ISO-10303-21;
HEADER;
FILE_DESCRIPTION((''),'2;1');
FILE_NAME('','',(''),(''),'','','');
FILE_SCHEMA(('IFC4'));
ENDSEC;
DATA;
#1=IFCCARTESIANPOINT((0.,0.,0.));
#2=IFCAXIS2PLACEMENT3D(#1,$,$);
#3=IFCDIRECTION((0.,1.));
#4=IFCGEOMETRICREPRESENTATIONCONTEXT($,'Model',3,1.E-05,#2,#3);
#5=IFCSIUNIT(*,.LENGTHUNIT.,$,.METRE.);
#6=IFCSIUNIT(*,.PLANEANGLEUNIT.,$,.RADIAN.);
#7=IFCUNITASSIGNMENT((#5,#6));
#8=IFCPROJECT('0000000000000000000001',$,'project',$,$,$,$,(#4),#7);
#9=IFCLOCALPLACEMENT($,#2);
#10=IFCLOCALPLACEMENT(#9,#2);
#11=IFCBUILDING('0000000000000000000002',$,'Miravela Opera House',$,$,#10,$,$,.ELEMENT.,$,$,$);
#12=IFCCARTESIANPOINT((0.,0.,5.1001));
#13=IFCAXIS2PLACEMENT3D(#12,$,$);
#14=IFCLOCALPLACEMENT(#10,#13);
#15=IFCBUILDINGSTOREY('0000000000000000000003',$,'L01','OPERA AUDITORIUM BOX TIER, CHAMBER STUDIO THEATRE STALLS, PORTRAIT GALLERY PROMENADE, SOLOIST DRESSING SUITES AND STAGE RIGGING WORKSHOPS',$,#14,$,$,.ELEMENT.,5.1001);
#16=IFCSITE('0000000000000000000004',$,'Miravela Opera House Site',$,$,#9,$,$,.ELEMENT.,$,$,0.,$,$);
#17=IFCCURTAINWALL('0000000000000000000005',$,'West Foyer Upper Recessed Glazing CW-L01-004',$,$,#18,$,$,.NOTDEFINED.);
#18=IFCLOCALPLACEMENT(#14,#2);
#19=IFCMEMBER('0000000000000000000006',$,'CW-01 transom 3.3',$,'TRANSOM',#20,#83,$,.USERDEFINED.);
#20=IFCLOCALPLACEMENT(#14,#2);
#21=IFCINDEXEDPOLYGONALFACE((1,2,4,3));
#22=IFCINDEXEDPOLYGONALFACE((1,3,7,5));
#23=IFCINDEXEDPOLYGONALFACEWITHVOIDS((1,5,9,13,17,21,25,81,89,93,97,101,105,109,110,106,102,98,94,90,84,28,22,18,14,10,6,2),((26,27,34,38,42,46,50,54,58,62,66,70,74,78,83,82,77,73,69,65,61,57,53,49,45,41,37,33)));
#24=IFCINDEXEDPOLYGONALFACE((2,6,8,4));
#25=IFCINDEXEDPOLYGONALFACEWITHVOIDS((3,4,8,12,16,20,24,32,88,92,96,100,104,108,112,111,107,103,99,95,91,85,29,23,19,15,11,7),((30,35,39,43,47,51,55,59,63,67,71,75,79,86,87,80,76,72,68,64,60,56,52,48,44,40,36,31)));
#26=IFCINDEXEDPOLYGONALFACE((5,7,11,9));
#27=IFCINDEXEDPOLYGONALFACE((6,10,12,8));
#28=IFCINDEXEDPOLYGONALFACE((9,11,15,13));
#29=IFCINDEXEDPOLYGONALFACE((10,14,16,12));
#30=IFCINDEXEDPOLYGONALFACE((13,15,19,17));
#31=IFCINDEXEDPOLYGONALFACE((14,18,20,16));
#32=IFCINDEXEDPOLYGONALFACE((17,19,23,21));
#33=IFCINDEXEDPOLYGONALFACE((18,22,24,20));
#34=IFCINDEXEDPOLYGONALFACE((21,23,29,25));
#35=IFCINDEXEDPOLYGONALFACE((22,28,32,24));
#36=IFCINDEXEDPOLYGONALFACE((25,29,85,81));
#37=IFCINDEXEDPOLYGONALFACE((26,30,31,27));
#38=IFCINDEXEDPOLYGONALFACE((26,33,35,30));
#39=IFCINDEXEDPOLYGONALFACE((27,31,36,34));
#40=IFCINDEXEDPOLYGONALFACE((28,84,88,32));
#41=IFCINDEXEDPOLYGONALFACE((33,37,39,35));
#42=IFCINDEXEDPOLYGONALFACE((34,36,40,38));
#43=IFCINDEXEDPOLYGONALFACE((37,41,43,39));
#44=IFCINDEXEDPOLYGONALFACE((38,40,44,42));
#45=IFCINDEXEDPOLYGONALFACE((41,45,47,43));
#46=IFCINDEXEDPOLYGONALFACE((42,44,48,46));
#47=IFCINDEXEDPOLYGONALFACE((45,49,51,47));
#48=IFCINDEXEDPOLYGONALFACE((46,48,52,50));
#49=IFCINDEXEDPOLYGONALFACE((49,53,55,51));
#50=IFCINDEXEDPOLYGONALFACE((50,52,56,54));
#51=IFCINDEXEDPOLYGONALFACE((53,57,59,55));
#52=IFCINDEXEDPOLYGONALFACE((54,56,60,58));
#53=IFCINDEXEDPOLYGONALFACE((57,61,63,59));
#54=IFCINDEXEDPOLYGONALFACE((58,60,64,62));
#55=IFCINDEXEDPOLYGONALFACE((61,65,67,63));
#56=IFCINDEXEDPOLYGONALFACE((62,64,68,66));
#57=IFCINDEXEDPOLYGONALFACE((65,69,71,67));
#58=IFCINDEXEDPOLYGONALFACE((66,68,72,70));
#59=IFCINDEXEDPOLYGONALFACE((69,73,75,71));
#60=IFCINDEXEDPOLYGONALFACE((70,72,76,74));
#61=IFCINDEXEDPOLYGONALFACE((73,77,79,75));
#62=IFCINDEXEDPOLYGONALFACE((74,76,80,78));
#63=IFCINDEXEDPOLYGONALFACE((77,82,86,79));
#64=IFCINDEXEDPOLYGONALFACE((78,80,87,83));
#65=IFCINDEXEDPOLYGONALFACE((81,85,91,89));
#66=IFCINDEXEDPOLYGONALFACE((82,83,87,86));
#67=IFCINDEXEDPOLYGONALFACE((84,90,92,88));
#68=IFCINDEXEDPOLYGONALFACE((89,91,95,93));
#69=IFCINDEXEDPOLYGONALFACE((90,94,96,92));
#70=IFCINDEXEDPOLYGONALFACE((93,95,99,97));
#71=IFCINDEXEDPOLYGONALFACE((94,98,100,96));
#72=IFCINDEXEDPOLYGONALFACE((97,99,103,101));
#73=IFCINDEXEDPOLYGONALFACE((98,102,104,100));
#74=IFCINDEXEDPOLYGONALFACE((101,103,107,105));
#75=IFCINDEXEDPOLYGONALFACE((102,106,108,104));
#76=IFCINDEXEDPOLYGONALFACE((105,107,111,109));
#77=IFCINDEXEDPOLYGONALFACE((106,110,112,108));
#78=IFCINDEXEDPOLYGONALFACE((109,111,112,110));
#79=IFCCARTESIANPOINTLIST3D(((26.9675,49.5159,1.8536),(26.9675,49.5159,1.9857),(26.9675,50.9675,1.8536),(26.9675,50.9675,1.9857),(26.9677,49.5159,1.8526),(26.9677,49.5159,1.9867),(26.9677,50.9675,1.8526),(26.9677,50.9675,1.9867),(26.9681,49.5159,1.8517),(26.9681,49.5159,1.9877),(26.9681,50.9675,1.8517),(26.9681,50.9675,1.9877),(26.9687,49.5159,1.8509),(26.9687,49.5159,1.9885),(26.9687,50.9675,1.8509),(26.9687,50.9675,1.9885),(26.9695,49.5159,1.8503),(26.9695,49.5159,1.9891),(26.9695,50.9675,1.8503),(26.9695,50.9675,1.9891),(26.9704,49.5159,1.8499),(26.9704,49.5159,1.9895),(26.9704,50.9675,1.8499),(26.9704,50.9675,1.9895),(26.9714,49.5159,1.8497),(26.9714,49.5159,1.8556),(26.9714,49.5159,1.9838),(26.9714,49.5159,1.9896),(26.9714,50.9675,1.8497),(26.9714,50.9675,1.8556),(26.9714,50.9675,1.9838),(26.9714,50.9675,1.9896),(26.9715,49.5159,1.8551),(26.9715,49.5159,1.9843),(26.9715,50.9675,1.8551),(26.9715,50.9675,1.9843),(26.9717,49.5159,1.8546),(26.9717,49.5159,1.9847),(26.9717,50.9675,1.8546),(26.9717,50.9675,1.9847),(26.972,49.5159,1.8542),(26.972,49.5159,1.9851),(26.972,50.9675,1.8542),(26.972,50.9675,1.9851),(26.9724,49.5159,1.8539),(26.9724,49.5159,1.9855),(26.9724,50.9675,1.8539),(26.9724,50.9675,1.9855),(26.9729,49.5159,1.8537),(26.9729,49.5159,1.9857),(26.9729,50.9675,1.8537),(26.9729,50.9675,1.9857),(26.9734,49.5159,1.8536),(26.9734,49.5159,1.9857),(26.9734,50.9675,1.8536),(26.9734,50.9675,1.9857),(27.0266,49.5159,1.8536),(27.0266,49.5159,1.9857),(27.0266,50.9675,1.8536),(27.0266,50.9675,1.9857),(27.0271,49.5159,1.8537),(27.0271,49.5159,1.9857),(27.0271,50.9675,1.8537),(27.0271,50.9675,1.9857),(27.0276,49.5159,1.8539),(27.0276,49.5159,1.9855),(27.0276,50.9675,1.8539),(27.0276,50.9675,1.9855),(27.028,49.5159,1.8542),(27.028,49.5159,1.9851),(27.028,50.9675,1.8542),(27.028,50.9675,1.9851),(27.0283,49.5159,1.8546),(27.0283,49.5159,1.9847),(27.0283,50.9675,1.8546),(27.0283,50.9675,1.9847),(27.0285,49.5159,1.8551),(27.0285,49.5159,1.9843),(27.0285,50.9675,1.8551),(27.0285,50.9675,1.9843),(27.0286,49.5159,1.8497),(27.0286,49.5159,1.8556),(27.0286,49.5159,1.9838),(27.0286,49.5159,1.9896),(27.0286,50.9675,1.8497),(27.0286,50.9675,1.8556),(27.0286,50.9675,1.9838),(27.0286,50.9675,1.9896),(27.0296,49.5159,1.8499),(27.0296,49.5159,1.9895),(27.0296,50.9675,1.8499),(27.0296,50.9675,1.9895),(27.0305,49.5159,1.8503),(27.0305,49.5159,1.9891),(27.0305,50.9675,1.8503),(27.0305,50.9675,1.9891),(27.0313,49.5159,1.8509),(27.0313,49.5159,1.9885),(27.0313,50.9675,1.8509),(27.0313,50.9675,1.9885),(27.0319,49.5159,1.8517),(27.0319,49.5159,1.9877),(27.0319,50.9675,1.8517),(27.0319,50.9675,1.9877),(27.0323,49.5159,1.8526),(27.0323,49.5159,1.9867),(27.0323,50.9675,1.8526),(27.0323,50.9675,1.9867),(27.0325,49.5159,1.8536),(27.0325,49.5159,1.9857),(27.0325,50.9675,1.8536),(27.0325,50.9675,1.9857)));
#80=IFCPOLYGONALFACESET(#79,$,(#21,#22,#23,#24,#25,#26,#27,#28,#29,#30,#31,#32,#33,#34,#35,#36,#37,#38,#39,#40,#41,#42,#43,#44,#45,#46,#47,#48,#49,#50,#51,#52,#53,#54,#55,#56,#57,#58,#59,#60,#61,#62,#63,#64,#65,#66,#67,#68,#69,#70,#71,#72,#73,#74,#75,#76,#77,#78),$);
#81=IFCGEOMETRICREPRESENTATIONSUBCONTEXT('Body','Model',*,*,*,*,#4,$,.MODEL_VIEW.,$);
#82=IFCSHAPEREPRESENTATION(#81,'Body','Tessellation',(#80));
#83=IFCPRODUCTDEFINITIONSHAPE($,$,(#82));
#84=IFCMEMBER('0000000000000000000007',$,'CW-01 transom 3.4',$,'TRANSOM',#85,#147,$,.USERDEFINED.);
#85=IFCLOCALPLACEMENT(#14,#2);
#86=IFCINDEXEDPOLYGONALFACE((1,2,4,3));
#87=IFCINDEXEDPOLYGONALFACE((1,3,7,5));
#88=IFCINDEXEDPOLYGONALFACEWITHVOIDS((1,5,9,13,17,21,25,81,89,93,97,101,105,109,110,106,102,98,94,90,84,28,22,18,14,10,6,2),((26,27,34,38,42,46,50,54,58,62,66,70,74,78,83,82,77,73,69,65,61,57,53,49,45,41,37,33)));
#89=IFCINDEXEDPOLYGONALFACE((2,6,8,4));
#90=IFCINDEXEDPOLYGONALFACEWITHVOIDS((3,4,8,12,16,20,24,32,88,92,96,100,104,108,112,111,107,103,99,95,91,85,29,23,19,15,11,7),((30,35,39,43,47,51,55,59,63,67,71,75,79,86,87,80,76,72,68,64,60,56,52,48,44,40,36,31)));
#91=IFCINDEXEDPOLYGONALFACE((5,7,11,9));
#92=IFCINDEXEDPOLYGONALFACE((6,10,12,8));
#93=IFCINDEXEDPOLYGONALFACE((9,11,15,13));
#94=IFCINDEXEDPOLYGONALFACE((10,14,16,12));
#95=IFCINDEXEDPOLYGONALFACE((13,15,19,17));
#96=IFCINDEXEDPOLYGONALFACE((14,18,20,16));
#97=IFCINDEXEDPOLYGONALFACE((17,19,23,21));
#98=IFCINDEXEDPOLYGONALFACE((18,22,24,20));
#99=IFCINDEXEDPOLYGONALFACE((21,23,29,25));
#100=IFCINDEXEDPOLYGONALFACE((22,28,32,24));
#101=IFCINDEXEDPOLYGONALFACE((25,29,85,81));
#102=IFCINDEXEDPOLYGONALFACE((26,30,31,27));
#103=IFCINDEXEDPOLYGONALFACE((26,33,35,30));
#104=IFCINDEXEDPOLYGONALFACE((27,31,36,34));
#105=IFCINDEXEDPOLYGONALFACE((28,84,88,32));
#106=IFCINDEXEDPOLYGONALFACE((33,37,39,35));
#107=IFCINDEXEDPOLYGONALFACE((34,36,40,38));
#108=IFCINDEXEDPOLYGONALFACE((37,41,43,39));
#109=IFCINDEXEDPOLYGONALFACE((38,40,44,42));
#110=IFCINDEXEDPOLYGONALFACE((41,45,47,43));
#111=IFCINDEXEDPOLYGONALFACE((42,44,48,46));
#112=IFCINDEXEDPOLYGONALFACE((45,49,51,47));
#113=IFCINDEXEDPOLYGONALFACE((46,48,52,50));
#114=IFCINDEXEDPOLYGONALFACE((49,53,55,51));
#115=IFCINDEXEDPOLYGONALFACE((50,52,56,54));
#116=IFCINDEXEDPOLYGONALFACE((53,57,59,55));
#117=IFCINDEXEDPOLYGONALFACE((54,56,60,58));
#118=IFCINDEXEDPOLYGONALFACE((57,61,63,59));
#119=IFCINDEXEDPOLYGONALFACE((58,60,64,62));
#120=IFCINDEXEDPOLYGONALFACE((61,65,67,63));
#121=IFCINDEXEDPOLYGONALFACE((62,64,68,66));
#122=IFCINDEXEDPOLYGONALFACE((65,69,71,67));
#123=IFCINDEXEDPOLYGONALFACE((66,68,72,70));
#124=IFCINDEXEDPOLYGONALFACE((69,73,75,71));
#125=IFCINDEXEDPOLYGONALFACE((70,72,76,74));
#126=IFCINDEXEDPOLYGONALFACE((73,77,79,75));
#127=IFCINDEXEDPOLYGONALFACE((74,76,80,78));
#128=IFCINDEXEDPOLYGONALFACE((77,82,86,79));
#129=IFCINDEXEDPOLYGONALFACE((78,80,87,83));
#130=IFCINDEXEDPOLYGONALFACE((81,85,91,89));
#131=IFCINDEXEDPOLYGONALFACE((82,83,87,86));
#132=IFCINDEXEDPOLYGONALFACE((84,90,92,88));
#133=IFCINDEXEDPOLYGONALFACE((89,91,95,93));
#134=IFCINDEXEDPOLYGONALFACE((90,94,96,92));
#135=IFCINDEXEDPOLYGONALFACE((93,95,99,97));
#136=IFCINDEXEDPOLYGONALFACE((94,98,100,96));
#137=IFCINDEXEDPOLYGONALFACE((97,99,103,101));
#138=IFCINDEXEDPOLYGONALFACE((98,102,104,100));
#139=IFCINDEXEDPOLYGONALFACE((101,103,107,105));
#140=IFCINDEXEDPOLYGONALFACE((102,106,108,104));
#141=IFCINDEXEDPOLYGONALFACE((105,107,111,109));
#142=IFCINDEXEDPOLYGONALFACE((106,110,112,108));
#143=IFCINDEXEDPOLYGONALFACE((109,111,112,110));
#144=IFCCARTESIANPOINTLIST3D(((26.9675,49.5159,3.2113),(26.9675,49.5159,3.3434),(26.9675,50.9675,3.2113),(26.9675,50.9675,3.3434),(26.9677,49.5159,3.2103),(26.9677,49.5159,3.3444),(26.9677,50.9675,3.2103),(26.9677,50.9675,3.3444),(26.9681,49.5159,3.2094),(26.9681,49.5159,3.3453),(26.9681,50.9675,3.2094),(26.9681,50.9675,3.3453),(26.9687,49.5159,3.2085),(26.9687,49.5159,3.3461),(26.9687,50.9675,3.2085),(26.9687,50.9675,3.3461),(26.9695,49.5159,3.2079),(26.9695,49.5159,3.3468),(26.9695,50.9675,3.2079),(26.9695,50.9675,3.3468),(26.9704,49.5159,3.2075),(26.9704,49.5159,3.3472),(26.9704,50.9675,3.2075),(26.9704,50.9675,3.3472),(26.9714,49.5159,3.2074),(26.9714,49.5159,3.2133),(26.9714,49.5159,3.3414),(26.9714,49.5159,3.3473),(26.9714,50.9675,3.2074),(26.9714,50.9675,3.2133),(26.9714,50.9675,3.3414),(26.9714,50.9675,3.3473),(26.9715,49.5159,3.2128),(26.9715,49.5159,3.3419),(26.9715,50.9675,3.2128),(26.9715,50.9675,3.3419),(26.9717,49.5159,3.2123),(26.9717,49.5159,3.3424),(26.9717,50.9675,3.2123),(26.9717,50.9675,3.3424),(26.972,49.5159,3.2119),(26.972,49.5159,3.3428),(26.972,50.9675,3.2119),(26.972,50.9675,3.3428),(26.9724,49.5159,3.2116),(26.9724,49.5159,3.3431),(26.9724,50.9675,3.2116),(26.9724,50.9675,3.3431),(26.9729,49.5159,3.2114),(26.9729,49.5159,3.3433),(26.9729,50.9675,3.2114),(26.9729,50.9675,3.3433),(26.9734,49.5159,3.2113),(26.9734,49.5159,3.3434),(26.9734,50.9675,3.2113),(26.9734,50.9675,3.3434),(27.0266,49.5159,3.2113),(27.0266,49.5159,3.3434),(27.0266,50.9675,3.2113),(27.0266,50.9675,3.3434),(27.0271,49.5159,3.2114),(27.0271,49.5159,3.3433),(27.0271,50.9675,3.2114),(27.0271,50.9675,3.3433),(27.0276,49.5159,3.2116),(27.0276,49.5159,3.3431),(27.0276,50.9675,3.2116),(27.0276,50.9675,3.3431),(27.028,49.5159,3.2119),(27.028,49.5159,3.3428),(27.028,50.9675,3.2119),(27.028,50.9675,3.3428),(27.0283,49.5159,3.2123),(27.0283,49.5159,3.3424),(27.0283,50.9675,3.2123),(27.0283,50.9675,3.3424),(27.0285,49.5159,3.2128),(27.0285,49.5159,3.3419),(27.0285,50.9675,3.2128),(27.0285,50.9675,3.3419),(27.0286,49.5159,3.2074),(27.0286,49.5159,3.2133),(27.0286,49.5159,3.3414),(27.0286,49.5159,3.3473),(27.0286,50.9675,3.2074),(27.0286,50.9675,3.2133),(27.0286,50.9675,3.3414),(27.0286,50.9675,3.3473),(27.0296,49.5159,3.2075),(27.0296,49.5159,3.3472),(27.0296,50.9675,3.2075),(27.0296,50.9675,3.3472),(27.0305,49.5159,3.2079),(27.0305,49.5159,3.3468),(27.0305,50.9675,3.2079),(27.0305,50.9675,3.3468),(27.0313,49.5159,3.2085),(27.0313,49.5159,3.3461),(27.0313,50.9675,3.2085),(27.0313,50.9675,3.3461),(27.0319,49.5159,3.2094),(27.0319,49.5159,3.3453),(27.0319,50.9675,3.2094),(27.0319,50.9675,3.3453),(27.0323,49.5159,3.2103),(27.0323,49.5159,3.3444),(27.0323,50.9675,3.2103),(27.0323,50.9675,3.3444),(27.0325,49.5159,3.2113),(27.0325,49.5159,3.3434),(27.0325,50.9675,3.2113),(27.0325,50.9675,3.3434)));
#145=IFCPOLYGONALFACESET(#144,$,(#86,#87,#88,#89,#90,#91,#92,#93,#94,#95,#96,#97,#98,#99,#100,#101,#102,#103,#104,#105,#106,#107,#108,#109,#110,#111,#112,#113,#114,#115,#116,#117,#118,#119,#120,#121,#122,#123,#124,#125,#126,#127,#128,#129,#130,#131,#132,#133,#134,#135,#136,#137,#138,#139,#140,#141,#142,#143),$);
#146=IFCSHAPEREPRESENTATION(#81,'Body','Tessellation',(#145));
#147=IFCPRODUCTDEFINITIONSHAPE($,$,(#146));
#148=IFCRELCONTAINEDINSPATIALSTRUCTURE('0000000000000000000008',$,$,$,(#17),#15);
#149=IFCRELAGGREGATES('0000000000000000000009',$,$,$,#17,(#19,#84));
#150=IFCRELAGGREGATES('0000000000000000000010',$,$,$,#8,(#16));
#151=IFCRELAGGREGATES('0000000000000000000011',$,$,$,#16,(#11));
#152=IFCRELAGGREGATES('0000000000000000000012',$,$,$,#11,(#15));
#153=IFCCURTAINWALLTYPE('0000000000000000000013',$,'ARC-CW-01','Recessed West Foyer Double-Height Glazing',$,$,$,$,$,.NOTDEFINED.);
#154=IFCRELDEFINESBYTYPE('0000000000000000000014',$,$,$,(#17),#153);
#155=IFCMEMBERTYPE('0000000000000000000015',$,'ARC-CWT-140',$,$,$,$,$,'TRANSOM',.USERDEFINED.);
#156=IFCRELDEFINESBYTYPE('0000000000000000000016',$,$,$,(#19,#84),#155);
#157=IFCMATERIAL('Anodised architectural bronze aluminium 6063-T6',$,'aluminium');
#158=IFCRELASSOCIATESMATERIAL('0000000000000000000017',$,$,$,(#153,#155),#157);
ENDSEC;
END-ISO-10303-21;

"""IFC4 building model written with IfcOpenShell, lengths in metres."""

from ifc_helpers import new_model, si_unit, direction, frame, origin, origin_2d, place, context, subcontext, project, spatial, hollow_rectangle, extrude, material, material_profile, profile_set, type_object, element, aggregate, save


model = new_model("IFC4")

# Units and contexts
model_context = context("Model", 3, precision=1e-05, world=origin(), true_north=direction((0.0, 1.0)))
body_context = subcontext(model_context, "Body", "Model", "MODEL_VIEW")
ifc_project = project(units=[si_unit("LENGTHUNIT", "METRE"), si_unit("PLANEANGLEUNIT", "RADIAN")], contexts=[model_context])

# Site, building, storey
site_placement = place(None, origin())
site = spatial("IfcSite", under=ifc_project, at=site_placement, Name="Miravela Opera House Site", CompositionType="ELEMENT", RefElevation=0.0)
building_placement = place(site_placement, origin())
building = spatial("IfcBuilding", under=site, at=building_placement, Name="Miravela Opera House", CompositionType="ELEMENT")
storey_placement = place(building_placement, frame((0.0, 0.0, 5.1001)))
storey = spatial("IfcBuildingStorey", under=building, at=storey_placement, Name="L01", Description="OPERA AUDITORIUM BOX TIER, CHAMBER STUDIO THEATRE STALLS, PORTRAIT GALLERY PROMENADE, SOLOIST DRESSING SUITES AND STAGE RIGGING WORKSHOPS", CompositionType="ELEMENT", Elevation=5.1001)

# Curtain wall, members
ifc_material_1 = material(Name="Anodised architectural bronze aluminium 6063-T6", Category="aluminium")
curtain_wall_type = type_object("IfcCurtainWallType", Name="ARC-CW-01", Description="Recessed West Foyer Double-Height Glazing", PredefinedType="NOTDEFINED", material=ifc_material_1)
curtain_wall_placement = place(storey_placement, origin())
curtain_wall = element("IfcCurtainWall", 1, at=curtain_wall_placement, inside=storey, type_object=curtain_wall_type, Name="West Foyer Upper Recessed Glazing CW-L01-004", PredefinedType="NOTDEFINED")
ifc_material_profile_1 = material_profile(ifc_material_1, hollow_rectangle(XDim=0.0649, YDim=0.1399, WallThickness=0.0039, InnerFilletRadius=0.002, OuterFilletRadius=0.0039, at=origin_2d()), Name="CWT-65X140")
ifc_profile_set_1 = profile_set([ifc_material_profile_1])
member_type_1 = type_object("IfcMemberType", Name="ARC-CWT-140", ElementType="TRANSOM", PredefinedType="USERDEFINED", material=ifc_profile_set_1)
member_1_placement = place(storey_placement, frame((27.0, 49.5159, 1.9197), z_axis=(0.0, 1.0, 0.0), x_axis=(-1.0, 0.0, 0.0)))
member_1 = element("IfcMember", 2, at=member_1_placement, type_object=member_type_1, Name="CW-01 transom 3.3", ObjectType="TRANSOM", PredefinedType="USERDEFINED", context=body_context, shape_type="SweptSolid", body=[
    extrude(hollow_rectangle(XDim=0.0649, YDim=0.1399, WallThickness=0.0039, InnerFilletRadius=0.002, OuterFilletRadius=0.0039, at=origin_2d()), origin(), (0.0, 0.0, 1.0), 1.4517),
])
member_2_placement = place(storey_placement, frame((27.0, 49.5159, 3.2773), z_axis=(0.0, 1.0, 0.0), x_axis=(-1.0, 0.0, 0.0)))
member_2 = element("IfcMember", 3, at=member_2_placement, type_object=member_type_1, Name="CW-01 transom 3.4", ObjectType="TRANSOM", PredefinedType="USERDEFINED", context=body_context, shape_type="SweptSolid", body=[
    extrude(hollow_rectangle(XDim=0.0649, YDim=0.1399, WallThickness=0.0039, InnerFilletRadius=0.002, OuterFilletRadius=0.0039, at=origin_2d()), origin(), (0.0, 0.0, 1.0), 1.4517),
])
aggregate(curtain_wall, [member_1, member_2])

save(model, "model.ifc")
